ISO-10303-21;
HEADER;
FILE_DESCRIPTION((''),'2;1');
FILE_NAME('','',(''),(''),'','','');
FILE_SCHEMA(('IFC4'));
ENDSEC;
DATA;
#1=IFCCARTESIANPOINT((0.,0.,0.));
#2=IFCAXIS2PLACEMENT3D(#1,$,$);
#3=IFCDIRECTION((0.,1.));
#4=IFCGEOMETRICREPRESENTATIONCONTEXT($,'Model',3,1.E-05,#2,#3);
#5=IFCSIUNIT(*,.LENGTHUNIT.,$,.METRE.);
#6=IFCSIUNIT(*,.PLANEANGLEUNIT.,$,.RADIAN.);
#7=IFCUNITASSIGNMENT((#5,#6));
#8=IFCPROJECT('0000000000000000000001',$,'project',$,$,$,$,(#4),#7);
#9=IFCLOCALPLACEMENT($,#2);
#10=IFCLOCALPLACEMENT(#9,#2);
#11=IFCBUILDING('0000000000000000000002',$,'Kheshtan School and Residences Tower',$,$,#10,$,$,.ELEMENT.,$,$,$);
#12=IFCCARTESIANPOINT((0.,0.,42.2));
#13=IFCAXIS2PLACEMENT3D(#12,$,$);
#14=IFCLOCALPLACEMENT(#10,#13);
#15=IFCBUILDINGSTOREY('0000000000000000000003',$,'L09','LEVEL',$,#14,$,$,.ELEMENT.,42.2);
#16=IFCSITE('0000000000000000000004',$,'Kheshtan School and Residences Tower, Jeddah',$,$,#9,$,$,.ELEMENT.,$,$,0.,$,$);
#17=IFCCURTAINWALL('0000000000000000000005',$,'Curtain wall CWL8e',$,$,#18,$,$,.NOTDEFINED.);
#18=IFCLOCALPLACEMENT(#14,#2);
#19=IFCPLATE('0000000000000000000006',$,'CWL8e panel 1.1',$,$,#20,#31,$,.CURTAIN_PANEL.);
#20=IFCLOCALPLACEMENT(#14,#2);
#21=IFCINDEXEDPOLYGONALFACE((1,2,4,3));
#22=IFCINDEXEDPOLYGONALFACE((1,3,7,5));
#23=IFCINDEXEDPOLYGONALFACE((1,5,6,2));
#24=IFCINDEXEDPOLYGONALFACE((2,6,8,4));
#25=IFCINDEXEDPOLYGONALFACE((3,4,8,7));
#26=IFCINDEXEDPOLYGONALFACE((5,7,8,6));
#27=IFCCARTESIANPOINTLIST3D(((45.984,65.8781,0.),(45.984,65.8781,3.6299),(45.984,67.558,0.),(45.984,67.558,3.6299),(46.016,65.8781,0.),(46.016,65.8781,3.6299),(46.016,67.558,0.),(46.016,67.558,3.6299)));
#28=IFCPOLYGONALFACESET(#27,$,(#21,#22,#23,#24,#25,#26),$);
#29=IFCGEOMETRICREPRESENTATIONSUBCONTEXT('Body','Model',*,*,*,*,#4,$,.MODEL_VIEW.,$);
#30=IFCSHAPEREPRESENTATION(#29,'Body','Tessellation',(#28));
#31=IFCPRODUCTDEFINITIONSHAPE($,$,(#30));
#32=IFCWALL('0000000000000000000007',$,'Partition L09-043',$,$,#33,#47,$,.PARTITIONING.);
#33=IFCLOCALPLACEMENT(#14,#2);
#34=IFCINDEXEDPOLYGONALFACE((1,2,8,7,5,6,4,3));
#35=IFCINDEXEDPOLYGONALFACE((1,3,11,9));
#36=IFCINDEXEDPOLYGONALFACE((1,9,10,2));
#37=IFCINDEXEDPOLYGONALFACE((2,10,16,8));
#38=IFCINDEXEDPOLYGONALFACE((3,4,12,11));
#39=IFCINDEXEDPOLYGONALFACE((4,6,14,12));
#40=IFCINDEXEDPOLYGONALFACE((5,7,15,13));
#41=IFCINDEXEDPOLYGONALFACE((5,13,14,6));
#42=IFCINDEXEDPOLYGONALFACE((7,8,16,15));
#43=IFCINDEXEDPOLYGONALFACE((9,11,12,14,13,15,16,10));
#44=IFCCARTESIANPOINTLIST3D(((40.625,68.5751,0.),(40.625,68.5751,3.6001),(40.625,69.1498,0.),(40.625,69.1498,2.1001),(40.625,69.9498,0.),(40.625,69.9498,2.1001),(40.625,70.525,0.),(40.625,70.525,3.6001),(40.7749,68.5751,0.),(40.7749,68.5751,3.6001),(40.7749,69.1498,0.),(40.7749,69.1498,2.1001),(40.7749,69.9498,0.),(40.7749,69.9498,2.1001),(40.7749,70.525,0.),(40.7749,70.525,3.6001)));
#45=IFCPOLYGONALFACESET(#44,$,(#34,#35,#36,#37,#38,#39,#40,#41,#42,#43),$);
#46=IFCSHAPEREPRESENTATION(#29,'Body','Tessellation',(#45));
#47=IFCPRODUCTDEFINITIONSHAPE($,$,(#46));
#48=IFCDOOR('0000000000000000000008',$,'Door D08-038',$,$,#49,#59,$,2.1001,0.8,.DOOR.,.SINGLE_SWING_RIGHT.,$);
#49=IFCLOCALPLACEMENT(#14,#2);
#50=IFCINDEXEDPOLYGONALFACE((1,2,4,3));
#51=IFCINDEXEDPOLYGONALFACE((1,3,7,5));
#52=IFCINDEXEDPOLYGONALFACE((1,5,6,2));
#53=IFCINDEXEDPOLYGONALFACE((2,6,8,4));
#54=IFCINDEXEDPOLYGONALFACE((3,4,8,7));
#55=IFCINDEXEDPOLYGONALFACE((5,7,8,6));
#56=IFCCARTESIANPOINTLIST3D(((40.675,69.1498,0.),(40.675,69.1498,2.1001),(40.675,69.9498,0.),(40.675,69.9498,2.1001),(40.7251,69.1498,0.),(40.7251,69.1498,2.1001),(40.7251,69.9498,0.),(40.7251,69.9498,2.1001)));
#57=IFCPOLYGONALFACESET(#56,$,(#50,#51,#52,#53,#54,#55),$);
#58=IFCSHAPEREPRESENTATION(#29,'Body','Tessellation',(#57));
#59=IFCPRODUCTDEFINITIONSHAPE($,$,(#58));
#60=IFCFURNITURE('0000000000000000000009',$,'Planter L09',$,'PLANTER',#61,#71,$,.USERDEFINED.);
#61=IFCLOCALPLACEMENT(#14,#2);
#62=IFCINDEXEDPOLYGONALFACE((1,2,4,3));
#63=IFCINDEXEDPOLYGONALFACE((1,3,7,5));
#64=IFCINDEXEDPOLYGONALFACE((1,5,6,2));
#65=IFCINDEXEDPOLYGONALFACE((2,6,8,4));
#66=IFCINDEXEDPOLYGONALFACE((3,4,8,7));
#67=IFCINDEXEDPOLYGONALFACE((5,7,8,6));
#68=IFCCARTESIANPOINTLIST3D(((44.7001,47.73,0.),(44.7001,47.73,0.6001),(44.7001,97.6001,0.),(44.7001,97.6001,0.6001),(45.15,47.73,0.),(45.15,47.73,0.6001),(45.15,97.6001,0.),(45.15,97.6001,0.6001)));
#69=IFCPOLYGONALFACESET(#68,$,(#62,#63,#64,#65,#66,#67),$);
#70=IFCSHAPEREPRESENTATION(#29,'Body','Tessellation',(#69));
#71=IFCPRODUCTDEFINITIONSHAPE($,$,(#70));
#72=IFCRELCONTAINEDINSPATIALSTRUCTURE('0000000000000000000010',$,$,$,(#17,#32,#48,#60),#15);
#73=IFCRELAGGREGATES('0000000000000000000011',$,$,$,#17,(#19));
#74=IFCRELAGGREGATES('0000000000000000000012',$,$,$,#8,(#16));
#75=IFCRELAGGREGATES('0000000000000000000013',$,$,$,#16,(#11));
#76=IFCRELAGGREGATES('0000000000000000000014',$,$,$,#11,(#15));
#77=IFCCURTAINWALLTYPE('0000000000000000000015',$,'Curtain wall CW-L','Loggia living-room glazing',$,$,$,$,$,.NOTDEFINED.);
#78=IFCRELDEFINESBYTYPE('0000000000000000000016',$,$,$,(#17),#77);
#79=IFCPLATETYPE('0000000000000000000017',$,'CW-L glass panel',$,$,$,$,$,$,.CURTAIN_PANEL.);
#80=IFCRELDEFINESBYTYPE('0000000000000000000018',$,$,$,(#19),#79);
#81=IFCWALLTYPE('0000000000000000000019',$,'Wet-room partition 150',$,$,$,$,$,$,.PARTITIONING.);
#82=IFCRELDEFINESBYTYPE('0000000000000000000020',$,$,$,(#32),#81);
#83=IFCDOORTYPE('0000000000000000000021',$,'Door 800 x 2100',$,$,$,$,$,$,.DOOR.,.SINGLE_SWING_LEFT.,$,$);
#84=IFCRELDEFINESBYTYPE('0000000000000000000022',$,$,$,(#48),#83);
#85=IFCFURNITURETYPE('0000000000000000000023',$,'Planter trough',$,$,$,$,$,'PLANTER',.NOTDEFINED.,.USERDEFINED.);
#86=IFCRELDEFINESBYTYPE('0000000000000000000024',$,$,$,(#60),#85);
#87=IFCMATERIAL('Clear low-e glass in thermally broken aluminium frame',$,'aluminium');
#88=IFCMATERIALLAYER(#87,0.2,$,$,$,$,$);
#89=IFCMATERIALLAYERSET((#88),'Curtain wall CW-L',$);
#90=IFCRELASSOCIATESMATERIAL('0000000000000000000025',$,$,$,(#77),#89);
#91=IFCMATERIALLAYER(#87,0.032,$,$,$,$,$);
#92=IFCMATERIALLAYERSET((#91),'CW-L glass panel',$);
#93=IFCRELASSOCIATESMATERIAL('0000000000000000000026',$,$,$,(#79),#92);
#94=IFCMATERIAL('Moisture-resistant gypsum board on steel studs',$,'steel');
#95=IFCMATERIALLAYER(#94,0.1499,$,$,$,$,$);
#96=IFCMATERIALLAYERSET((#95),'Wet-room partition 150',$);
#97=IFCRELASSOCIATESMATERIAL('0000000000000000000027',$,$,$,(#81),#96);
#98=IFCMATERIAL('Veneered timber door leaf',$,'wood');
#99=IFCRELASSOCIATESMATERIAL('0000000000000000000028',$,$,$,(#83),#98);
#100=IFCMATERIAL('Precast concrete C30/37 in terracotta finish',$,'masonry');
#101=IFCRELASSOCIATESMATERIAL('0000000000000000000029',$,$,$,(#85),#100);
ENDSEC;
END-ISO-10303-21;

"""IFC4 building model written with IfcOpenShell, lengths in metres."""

from ifc_helpers import new_model, si_unit, direction, frame, frame_2d, origin, origin_2d, place, context, subcontext, project, spatial, rectangle, extrude, source, transform, mapped, material, layer, layer_set, type_object, element, fill, aggregate, save


model = new_model("IFC4")

# Units and contexts
model_context = context("Model", 3, precision=1e-05, world=origin(), true_north=direction((0.0, 1.0)))
body_context = subcontext(model_context, "Body", "Model", "MODEL_VIEW")
ifc_project = project(units=[si_unit("LENGTHUNIT", "METRE"), si_unit("PLANEANGLEUNIT", "RADIAN")], contexts=[model_context])

# Site, building, storey
site_placement = place(None, origin())
site = spatial("IfcSite", under=ifc_project, at=site_placement, Name="Kheshtan School and Residences Tower, Jeddah", CompositionType="ELEMENT", RefElevation=0.0)
building_placement = place(site_placement, origin())
building = spatial("IfcBuilding", under=site, at=building_placement, Name="Kheshtan School and Residences Tower", CompositionType="ELEMENT")
storey_placement = place(building_placement, frame((0.0, 0.0, 42.2)))
storey = spatial("IfcBuildingStorey", under=building, at=storey_placement, Name="L09", Description="LEVEL", CompositionType="ELEMENT", Elevation=42.2)

# Shared definitions
ifc_material_1 = material(Name="Clear low-e glass in thermally broken aluminium frame", Category="aluminium")
ifc_layer_1 = layer(ifc_material_1, 0.2)
ifc_layer_set_1 = layer_set([ifc_layer_1], Name="Curtain wall CW-L")
curtain_wall_type = type_object("IfcCurtainWallType", Name="Curtain wall CW-L", Description="Loggia living-room glazing", PredefinedType="NOTDEFINED", material=ifc_layer_set_1)

# Curtain wall
curtain_wall_1_placement = place(storey_placement, origin())
curtain_wall_1 = element("IfcCurtainWall", 1, at=curtain_wall_1_placement, inside=storey, type_object=curtain_wall_type, Name="Curtain wall CWL8e", PredefinedType="NOTDEFINED")

# Plate
ifc_layer_2 = layer(ifc_material_1, 0.032)
ifc_layer_set_2 = layer_set([ifc_layer_2], Name="CW-L glass panel")
plate_type = type_object("IfcPlateType", Name="CW-L glass panel", PredefinedType="CURTAIN_PANEL", material=ifc_layer_set_2)
plate_1_placement = place(storey_placement, frame((46.0, 66.718, 0.0), z_axis=(0.0, 0.0, 1.0), x_axis=(0.0, -1.0, 0.0)))
plate_1 = element("IfcPlate", 2, at=plate_1_placement, type_object=plate_type, Name="CWL8e panel 1.1", PredefinedType="CURTAIN_PANEL", context=body_context, shape_type="SweptSolid", body=[
    extrude(rectangle(XDim=1.6799, YDim=0.032, at=origin_2d()), origin(), (0.0, 0.0, 1.0), 3.6299),
])
aggregate(curtain_wall_1, [plate_1])

# Wall, opening, door
ifc_material_2 = material(Name="Moisture-resistant gypsum board on steel studs", Category="steel")
ifc_layer_3 = layer(ifc_material_2, 0.1499)
ifc_layer_set_3 = layer_set([ifc_layer_3], Name="Wet-room partition 150")
wall_type_1 = type_object("IfcWallType", Name="Wet-room partition 150", PredefinedType="PARTITIONING", material=ifc_layer_set_3)
wall_1_placement = place(storey_placement, frame((40.7, 68.575, 0.0), z_axis=(0.0, 0.0, 1.0), x_axis=(0.0, 1.0, 0.0)))
wall_1 = element("IfcWall", 3, at=wall_1_placement, inside=storey, type_object=wall_type_1, Name="Partition L09-043", PredefinedType="PARTITIONING", context=body_context, shape_type="SweptSolid", body=[
    extrude(rectangle(XDim=1.95, YDim=0.1499, at=frame_2d((0.9751, 0.0))), origin(), (0.0, 0.0, 1.0), 3.6001),
])
opening_1_placement = place(wall_1_placement, frame((0.575, 0.0, 0.0)))
opening_1 = element("IfcOpeningElement", 4, at=opening_1_placement, cuts=wall_1, PredefinedType="OPENING", context=body_context, shape_type="SweptSolid", body=[
    extrude(rectangle(XDim=0.8, YDim=2.1001, at=frame_2d((0.3999, 1.05))), frame((0.0, 0.085, 0.0), z_axis=(0.0, -1.0, 0.0), x_axis=(1.0, 0.0, 0.0)), (0.0, 0.0, 1.0), 0.1699),
])
ifc_material_3 = material(Name="Veneered timber door leaf", Category="wood")
door_type_1 = type_object("IfcDoorType", Name="Door 800 x 2100", OperationType="SINGLE_SWING_LEFT", PredefinedType="DOOR", material=ifc_material_3)
shared_shape_1 = source(origin(), body_context, "Body", "SweptSolid", [
    extrude(rectangle(XDim=0.8, YDim=2.1001, at=frame_2d((0.3999, 1.05))), frame((0.0, 0.0249, 0.0), z_axis=(0.0, -1.0, 0.0), x_axis=(1.0, 0.0, 0.0)), (0.0, 0.0, 1.0), 0.05),
])
door_1_placement = place(opening_1_placement, origin())
door_1 = element("IfcDoor", 5, at=door_1_placement, inside=storey, type_object=door_type_1, Name="Door D08-038", OperationType="SINGLE_SWING_RIGHT", OverallHeight=2.1001, OverallWidth=0.8, PredefinedType="DOOR", context=body_context, shape_type="MappedRepresentation", body=[
    mapped(shared_shape_1, transform((0.0, 0.0, 0.0), x_axis=(1.0, 0.0, 0.0), y_axis=(0.0, 1.0, 0.0), z_axis=(0.0, 0.0, 1.0), scale=1.0)),
])
fill(opening_1, door_1)

# Furniture
ifc_material_4 = material(Name="Precast concrete C30/37 in terracotta finish", Category="masonry")
furniture_type = type_object("IfcFurnitureType", Name="Planter trough", ElementType="PLANTER", AssemblyPlace="NOTDEFINED", PredefinedType="USERDEFINED", material=ifc_material_4)
furniture_placement = place(storey_placement, frame((44.925, 72.665, 0.0), z_axis=(0.0, 0.0, 1.0), x_axis=(0.0, -1.0, 0.0)))
element("IfcFurniture", 6, at=furniture_placement, inside=storey, type_object=furniture_type, Name="Planter L09", ObjectType="PLANTER", PredefinedType="USERDEFINED", context=body_context, shape_type="SweptSolid", body=[
    extrude(rectangle(XDim=49.8701, YDim=0.45, at=origin_2d()), origin(), (0.0, 0.0, 1.0), 0.6001),
])

save(model, "model.ifc")
